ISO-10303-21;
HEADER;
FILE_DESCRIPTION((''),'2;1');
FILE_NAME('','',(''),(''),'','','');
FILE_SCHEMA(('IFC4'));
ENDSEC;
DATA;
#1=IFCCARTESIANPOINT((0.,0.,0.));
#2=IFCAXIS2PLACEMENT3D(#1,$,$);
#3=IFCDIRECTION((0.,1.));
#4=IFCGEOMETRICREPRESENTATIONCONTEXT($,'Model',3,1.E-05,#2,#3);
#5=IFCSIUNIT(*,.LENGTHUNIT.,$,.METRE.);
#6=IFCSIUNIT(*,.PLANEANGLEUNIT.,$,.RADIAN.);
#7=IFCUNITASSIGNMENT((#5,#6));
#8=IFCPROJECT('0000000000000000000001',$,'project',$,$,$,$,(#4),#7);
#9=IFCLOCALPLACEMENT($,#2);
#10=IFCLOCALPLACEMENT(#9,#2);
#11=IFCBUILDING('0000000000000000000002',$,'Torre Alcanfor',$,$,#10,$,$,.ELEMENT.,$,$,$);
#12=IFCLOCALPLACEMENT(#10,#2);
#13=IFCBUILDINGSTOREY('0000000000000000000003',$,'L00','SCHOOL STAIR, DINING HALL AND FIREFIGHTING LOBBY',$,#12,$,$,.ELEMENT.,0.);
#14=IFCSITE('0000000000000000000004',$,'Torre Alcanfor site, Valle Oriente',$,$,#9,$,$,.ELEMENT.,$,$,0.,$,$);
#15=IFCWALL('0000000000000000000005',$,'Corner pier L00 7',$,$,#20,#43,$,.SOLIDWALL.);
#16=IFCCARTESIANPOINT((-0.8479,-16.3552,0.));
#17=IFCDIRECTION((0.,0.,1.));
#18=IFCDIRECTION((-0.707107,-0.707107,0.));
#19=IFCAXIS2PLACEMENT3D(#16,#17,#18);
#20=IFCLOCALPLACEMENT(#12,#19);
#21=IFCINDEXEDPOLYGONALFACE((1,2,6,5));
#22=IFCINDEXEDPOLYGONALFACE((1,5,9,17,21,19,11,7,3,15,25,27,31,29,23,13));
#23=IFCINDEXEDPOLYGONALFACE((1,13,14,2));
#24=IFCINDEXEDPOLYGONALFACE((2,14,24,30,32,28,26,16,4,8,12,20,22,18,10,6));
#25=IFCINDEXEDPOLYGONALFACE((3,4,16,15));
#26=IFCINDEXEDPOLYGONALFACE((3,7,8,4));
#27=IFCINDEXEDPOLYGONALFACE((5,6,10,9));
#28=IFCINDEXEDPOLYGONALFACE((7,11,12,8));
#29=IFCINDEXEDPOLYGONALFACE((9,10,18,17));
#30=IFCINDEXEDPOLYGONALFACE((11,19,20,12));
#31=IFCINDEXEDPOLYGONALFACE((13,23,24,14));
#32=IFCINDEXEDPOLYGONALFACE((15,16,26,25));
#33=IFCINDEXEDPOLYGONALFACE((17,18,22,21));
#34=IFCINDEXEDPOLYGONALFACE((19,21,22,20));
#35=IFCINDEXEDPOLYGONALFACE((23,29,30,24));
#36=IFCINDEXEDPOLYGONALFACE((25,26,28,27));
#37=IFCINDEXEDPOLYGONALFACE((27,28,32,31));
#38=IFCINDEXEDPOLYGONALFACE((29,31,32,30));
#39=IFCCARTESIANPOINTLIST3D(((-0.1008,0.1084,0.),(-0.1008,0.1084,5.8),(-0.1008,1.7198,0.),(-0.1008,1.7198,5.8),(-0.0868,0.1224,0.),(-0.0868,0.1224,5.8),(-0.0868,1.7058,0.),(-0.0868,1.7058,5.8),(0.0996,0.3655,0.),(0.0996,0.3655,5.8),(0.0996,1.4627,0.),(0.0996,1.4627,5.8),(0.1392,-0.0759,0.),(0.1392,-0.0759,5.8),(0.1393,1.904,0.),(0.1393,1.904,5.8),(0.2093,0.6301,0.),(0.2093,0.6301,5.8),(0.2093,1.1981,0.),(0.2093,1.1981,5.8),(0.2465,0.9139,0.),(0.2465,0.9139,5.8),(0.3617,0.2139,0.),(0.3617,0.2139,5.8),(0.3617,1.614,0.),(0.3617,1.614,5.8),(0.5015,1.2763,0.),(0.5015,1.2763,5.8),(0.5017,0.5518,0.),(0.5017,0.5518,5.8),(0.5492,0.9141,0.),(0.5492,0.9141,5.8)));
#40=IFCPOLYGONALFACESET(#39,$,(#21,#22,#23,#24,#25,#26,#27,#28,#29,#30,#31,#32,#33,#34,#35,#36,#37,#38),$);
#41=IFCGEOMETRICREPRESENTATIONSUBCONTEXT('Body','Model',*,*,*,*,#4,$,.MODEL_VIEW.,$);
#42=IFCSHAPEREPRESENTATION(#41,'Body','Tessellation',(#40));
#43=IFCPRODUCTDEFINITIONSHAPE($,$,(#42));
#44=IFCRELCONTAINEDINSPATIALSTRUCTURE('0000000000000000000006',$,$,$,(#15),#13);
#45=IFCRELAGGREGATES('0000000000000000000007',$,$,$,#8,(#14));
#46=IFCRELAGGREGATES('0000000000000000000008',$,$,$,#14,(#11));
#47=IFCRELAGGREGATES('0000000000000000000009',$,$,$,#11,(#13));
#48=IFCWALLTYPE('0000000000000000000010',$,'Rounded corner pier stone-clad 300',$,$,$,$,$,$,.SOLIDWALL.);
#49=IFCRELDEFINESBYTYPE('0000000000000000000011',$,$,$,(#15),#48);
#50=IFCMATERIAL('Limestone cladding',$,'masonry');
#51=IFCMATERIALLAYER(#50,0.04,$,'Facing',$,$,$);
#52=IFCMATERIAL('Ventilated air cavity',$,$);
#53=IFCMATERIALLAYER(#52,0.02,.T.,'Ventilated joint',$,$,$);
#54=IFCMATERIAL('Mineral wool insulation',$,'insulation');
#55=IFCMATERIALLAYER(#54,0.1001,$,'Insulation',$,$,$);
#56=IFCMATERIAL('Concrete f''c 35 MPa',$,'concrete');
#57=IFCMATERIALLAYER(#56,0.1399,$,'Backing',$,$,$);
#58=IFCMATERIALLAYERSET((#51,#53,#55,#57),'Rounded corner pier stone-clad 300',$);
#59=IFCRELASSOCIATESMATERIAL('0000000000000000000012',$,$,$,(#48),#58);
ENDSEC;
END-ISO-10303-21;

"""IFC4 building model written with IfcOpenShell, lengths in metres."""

from ifc_helpers import new_model, si_unit, direction, frame, origin, place, context, subcontext, project, spatial, polyline, outline, extrude, material, layer, layer_set, type_object, element, save


model = new_model("IFC4")

# Units and contexts
model_context = context("Model", 3, precision=1e-05, world=origin(), true_north=direction((0.0, 1.0)))
body_context = subcontext(model_context, "Body", "Model", "MODEL_VIEW")
ifc_project = project(units=[si_unit("LENGTHUNIT", "METRE"), si_unit("PLANEANGLEUNIT", "RADIAN")], contexts=[model_context])

# Site, building, storey
site_placement = place(None, origin())
site = spatial("IfcSite", under=ifc_project, at=site_placement, Name="Torre Alcanfor site, Valle Oriente", CompositionType="ELEMENT", RefElevation=0.0)
building_placement = place(site_placement, origin())
building = spatial("IfcBuilding", under=site, at=building_placement, Name="Torre Alcanfor", CompositionType="ELEMENT")
storey_placement = place(building_placement, origin())
storey = spatial("IfcBuildingStorey", under=building, at=storey_placement, Name="L00", Description="SCHOOL STAIR, DINING HALL AND FIREFIGHTING LOBBY", CompositionType="ELEMENT", Elevation=0.0)

# Shared definitions
ifc_material_1 = material(Name="Limestone cladding", Category="masonry")
ifc_material_2 = material(Name="Ventilated air cavity")
ifc_material_3 = material(Name="Mineral wool insulation", Category="insulation")
ifc_material_4 = material(Name="Concrete f'c 35 MPa", Category="concrete")

# Wall
ifc_layer_1 = layer(ifc_material_1, 0.04, Name="Facing")
ifc_layer_2 = layer(ifc_material_2, 0.02, ventilated=True, Name="Ventilated joint")
ifc_layer_3 = layer(ifc_material_3, 0.1001, Name="Insulation")
ifc_layer_4 = layer(ifc_material_4, 0.1399, Name="Backing")
ifc_layer_set_1 = layer_set([ifc_layer_1, ifc_layer_2, ifc_layer_3, ifc_layer_4], Name="Rounded corner pier stone-clad 300")
wall_type_1 = type_object("IfcWallType", Name="Rounded corner pier stone-clad 300", PredefinedType="SOLIDWALL", material=ifc_layer_set_1)
wall_1_placement = place(storey_placement, frame((-0.8479, -16.3552, 0.0), z_axis=(0.0, 0.0, 1.0), x_axis=(-0.707107, -0.707107, 0.0)))
element("IfcWall", 1, at=wall_1_placement, inside=storey, type_object=wall_type_1, Name="Corner pier L00 7", PredefinedType="SOLIDWALL", context=body_context, shape_type="SweptSolid", body=[
    extrude(outline(polyline([(0.1393, 1.904), (-0.1008, 1.7198), (-0.0868, 1.7058), (0.0996, 1.4627), (0.2093, 1.1981), (0.2465, 0.9139), (0.2093, 0.6301), (0.0996, 0.3655), (-0.0868, 0.1224), (-0.1008, 0.1084), (0.1392, -0.0759), (0.3617, 0.2139), (0.5017, 0.5518), (0.5492, 0.9141), (0.5015, 1.2763), (0.3617, 1.614), (0.1393, 1.904)])), origin(), (0.0, 0.0, 1.0), 5.8),
])

save(model, "model.ifc")
